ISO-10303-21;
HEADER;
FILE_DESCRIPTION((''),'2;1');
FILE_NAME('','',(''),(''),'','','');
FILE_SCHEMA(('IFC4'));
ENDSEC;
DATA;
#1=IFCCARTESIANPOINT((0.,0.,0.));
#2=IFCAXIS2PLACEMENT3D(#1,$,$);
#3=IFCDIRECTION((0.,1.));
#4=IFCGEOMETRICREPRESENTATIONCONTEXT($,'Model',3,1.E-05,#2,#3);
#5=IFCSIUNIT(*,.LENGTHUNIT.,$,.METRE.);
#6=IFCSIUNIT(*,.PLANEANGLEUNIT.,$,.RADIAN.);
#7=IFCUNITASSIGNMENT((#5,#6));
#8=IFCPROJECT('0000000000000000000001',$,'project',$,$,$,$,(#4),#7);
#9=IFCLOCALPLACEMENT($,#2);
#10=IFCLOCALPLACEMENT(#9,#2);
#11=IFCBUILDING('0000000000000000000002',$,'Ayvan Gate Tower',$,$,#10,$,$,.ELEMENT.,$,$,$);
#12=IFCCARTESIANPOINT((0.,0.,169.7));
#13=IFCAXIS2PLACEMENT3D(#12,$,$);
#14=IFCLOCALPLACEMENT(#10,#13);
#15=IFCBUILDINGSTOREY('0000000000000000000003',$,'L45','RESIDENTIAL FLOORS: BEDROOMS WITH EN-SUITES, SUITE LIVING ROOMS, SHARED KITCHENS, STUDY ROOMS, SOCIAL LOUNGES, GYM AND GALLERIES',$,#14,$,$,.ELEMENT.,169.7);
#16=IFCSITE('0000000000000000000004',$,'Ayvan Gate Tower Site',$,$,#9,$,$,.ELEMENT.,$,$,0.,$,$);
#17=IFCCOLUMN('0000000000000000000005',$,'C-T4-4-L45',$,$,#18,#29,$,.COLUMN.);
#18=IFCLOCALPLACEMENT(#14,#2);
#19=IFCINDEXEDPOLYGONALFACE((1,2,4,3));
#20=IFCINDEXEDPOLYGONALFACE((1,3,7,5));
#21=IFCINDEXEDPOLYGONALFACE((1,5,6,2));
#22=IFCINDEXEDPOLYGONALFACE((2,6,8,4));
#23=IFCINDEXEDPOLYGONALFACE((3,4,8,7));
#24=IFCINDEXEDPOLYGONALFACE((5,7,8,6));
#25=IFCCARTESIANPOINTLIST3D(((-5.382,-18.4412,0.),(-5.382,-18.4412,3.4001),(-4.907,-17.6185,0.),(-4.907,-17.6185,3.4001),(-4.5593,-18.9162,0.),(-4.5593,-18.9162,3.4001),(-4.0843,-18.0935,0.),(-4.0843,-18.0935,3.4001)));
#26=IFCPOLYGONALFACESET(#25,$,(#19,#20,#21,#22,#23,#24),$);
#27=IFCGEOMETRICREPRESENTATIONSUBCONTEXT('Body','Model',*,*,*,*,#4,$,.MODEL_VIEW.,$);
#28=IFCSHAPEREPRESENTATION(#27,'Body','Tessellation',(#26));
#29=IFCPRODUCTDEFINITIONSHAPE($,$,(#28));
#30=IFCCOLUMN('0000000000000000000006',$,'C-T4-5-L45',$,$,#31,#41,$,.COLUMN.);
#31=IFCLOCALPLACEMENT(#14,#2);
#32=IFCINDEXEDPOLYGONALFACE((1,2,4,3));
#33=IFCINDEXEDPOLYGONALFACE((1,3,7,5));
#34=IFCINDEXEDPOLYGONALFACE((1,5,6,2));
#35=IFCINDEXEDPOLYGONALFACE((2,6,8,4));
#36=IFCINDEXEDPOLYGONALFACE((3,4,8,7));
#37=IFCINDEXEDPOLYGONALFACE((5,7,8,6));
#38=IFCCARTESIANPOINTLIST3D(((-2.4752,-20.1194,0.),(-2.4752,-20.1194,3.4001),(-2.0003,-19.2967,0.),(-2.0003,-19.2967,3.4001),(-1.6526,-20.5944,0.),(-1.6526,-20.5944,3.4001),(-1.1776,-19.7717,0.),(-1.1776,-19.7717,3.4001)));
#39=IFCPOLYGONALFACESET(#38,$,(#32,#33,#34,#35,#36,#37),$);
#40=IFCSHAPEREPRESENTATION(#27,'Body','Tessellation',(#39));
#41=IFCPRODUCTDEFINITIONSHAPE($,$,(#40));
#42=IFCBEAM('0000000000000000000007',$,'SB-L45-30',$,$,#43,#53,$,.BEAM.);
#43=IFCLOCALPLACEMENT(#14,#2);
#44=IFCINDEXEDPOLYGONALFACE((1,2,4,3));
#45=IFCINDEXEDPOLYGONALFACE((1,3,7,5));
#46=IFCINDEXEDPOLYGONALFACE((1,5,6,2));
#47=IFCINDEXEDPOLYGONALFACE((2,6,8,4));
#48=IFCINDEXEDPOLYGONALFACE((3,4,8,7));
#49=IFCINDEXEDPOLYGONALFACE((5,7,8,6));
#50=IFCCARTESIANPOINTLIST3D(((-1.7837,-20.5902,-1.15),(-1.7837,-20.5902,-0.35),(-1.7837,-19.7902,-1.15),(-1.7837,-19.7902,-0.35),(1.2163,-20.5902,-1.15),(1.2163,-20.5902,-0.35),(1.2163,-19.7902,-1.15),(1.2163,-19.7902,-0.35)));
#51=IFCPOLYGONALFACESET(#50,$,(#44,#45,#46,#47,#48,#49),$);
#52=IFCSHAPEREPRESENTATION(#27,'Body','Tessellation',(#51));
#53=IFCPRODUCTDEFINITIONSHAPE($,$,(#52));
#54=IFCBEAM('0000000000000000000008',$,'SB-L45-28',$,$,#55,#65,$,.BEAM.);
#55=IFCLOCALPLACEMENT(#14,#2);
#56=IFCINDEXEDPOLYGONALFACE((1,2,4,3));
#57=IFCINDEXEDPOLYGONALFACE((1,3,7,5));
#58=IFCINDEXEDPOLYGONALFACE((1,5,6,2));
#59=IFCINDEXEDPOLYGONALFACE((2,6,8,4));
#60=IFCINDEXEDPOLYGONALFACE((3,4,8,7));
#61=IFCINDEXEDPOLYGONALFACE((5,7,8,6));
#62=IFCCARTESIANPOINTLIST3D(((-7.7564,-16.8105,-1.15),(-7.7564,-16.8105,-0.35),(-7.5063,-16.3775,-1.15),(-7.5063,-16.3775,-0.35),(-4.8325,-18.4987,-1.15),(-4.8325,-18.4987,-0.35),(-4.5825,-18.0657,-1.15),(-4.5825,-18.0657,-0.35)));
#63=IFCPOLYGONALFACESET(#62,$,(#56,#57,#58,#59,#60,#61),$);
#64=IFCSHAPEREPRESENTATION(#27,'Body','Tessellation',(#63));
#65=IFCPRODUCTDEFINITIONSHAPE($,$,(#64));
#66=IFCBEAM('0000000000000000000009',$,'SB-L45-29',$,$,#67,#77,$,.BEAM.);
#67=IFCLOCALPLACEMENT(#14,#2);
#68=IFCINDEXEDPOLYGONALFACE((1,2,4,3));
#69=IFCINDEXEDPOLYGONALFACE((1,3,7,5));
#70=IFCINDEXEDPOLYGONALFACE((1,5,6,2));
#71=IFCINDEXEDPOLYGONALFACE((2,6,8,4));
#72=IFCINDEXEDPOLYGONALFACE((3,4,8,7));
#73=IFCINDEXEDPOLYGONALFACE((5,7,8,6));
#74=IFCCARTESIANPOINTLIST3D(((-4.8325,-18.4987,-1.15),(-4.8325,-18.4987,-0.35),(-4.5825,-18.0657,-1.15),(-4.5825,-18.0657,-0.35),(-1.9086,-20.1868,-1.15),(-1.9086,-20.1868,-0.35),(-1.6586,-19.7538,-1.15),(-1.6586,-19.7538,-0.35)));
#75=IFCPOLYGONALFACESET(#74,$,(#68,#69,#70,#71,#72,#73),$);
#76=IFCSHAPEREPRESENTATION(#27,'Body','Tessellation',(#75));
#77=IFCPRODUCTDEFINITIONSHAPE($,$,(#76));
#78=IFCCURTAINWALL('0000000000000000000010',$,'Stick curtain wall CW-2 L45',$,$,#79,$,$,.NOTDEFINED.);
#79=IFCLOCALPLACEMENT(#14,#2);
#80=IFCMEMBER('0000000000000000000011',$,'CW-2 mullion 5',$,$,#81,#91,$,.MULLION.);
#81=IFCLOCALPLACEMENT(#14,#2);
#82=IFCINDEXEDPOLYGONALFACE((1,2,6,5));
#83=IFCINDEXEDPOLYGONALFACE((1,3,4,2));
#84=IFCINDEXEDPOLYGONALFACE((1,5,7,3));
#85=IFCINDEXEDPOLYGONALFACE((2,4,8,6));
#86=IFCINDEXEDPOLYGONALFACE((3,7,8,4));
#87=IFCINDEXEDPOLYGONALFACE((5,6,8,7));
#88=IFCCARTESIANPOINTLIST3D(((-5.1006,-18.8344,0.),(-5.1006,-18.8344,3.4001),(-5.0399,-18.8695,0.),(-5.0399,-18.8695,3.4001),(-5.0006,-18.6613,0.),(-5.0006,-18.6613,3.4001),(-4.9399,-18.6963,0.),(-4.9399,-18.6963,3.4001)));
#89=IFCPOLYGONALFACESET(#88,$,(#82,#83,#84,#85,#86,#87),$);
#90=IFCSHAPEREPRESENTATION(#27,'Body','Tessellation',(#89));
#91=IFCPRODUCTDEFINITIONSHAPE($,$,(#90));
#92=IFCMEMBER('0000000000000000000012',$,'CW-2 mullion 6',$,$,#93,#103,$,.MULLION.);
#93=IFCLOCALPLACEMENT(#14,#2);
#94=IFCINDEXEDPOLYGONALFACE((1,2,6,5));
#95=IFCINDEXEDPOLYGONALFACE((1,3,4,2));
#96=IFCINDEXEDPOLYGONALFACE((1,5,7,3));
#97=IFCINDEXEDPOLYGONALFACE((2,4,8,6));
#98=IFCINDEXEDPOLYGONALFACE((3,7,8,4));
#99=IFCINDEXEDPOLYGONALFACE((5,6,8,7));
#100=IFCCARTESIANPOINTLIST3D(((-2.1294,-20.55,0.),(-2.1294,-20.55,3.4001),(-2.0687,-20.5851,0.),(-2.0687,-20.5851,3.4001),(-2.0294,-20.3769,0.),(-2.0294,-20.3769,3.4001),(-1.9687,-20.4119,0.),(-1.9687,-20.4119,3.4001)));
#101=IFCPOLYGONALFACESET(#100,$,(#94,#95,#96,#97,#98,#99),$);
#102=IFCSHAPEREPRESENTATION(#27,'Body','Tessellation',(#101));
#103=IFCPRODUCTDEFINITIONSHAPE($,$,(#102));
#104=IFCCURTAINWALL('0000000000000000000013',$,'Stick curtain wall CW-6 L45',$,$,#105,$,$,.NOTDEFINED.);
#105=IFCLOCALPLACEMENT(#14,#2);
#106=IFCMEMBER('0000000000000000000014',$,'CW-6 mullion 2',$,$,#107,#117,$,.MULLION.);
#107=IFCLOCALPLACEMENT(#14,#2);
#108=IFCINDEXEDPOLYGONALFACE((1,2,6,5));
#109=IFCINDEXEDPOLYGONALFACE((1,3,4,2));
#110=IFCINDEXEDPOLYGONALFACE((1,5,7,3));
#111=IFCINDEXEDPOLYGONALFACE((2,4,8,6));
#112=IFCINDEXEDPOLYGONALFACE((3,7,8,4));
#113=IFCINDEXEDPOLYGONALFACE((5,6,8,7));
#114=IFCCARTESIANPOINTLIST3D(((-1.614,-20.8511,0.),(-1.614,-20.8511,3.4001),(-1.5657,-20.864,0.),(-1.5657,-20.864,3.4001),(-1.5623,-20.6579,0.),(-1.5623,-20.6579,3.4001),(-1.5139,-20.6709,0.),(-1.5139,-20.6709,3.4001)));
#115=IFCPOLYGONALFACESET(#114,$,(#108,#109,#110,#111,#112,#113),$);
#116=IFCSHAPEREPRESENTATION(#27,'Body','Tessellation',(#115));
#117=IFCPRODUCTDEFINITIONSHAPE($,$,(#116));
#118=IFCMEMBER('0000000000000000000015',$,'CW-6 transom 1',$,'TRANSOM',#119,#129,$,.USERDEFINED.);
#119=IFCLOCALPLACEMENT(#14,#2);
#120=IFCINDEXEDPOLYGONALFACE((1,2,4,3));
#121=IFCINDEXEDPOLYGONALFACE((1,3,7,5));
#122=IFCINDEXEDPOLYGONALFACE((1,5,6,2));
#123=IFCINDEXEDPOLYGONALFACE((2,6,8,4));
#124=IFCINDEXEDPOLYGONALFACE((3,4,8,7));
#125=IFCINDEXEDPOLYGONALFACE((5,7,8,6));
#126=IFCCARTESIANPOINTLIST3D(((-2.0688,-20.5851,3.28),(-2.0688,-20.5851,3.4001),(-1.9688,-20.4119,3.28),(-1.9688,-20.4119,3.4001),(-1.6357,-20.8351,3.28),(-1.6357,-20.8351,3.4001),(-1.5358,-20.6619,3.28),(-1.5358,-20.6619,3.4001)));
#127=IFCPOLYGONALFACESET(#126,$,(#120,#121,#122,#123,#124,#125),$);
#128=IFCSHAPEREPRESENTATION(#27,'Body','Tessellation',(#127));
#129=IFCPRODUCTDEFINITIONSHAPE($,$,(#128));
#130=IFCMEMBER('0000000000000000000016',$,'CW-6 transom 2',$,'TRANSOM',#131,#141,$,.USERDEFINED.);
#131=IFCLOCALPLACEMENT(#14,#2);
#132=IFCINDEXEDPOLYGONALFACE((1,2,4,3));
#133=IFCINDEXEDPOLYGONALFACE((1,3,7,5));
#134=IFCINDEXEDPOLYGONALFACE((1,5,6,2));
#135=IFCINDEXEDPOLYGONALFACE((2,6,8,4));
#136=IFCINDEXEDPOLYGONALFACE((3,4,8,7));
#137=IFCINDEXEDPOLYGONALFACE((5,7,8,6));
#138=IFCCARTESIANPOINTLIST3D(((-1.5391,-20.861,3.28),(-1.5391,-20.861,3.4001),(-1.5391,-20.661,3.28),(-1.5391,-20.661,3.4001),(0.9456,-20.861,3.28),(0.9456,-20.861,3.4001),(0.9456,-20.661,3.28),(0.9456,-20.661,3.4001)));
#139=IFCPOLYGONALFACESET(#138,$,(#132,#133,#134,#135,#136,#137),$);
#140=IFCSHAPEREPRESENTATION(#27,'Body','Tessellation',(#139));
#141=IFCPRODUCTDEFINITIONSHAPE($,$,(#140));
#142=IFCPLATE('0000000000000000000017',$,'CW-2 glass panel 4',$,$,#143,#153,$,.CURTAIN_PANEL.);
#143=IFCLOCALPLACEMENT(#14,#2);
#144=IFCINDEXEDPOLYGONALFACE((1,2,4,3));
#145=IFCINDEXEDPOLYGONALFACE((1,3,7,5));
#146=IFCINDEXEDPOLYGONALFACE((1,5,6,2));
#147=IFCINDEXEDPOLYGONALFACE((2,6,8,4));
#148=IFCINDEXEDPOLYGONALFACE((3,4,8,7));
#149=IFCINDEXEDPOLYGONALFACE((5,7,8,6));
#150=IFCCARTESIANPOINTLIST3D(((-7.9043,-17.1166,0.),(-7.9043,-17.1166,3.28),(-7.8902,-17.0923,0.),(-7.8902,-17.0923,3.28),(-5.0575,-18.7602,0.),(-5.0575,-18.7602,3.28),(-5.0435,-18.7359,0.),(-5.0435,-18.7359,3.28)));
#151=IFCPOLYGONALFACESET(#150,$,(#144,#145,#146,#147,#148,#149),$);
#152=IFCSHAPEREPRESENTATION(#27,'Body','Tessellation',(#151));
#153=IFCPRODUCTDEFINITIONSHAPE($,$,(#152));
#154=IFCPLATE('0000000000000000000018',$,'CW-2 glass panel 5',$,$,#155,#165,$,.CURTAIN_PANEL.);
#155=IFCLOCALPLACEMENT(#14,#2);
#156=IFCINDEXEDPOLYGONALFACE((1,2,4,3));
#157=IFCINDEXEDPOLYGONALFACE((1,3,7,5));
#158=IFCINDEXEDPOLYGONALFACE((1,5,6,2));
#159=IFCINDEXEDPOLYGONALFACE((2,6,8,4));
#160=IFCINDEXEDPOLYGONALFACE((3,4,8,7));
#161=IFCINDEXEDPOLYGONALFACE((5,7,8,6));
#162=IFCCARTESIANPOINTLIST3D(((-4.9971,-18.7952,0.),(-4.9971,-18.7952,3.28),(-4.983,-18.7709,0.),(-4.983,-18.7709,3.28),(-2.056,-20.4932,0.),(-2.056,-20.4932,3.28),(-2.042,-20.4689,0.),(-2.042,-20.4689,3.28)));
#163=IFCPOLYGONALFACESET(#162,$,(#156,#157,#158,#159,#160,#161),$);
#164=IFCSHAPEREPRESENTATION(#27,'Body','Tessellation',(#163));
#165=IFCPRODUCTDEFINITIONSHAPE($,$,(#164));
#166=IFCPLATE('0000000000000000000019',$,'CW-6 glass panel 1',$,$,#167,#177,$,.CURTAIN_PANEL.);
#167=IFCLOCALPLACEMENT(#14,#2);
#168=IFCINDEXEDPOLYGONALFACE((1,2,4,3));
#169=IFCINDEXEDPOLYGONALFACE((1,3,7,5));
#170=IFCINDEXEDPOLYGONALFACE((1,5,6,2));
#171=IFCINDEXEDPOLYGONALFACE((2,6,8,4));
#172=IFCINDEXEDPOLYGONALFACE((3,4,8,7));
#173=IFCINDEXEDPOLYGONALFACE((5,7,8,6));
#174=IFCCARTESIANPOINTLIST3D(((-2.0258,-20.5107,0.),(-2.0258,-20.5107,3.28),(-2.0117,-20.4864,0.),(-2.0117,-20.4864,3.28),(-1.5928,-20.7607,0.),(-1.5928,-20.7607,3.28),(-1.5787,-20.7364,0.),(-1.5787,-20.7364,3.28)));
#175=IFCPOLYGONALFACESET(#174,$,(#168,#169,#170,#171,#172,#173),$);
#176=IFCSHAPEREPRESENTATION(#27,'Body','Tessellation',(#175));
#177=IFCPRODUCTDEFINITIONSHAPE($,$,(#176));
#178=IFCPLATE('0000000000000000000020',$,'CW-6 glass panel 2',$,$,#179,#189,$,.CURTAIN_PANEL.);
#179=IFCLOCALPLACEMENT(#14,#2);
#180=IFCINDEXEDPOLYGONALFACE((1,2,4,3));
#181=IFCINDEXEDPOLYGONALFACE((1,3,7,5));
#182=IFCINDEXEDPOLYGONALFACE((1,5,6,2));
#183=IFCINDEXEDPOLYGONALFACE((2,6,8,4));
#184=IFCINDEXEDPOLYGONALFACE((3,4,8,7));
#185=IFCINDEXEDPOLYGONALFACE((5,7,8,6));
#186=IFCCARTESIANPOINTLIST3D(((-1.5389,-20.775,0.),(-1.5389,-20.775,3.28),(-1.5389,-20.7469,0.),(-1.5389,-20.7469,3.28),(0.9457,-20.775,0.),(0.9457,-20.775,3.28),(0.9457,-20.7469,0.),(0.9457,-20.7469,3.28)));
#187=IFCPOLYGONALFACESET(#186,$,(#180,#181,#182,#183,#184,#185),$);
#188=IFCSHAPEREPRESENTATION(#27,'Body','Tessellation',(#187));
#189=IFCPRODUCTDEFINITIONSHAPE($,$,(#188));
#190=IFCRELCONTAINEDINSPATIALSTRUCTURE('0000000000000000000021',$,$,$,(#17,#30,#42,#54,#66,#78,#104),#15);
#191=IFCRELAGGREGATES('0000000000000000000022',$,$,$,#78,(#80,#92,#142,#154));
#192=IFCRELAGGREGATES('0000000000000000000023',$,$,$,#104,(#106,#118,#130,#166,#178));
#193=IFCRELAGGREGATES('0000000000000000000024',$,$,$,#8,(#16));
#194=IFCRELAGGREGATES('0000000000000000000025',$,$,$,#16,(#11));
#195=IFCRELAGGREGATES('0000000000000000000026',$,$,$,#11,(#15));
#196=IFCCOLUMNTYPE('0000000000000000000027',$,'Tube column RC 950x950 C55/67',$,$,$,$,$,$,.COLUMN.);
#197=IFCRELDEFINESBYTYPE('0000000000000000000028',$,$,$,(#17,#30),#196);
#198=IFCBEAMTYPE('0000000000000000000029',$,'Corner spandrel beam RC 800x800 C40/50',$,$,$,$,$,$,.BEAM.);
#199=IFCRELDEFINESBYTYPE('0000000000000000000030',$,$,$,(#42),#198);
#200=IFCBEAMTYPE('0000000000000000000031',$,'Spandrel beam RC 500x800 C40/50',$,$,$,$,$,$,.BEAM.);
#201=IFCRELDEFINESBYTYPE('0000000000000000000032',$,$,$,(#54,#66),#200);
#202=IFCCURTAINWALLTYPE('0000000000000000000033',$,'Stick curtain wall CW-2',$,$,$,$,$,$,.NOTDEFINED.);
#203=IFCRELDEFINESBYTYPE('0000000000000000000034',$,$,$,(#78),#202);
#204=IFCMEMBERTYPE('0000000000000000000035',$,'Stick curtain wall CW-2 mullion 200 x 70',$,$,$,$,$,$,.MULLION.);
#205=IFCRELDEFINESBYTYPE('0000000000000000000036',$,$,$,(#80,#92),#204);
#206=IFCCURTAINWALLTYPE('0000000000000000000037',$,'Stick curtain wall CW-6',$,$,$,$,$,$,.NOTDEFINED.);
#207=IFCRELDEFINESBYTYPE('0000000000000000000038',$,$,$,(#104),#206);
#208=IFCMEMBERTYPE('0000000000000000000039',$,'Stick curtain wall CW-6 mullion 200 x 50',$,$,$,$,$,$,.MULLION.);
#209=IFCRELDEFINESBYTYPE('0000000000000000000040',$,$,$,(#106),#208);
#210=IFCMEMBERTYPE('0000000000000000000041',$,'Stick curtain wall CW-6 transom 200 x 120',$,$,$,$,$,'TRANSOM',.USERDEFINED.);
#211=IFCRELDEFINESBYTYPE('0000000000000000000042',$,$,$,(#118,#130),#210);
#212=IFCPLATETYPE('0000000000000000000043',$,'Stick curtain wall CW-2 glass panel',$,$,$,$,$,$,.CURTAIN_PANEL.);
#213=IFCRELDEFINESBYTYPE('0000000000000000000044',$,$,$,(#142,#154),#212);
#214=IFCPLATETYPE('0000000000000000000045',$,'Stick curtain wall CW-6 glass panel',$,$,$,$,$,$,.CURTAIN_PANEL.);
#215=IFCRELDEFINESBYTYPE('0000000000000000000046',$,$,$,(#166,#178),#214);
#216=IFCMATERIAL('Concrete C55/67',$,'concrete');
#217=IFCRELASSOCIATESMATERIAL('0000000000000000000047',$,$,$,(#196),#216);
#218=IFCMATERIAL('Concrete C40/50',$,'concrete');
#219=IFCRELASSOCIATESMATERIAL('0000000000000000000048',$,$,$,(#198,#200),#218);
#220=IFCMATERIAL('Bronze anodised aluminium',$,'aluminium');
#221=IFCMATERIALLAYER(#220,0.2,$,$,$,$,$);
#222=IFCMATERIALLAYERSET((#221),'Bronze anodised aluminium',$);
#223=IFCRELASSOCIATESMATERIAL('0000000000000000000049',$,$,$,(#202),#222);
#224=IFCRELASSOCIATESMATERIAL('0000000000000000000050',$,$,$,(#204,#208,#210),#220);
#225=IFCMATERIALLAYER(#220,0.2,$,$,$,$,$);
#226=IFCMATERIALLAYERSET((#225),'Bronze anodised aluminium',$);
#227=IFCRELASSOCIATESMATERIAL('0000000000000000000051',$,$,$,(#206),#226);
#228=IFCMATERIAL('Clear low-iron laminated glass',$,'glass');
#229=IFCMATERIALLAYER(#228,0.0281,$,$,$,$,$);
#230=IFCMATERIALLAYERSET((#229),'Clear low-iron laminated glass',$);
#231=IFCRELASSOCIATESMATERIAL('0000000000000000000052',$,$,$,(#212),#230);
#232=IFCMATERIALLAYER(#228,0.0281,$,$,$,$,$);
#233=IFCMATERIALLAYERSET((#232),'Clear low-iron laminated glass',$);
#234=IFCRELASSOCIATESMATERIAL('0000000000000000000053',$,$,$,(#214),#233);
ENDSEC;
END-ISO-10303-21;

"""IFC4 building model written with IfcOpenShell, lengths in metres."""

from ifc_helpers import new_model, si_unit, direction, frame, origin, origin_2d, place, context, subcontext, project, spatial, rectangle, extrude, material, layer, layer_set, material_profile, profile_set, type_object, element, aggregate, save


model = new_model("IFC4")

# Units and contexts
model_context = context("Model", 3, precision=1e-05, world=origin(), true_north=direction((0.0, 1.0)))
body_context = subcontext(model_context, "Body", "Model", "MODEL_VIEW")
ifc_project = project(units=[si_unit("LENGTHUNIT", "METRE"), si_unit("PLANEANGLEUNIT", "RADIAN")], contexts=[model_context])

# Site, building, storey
site_placement = place(None, origin())
site = spatial("IfcSite", under=ifc_project, at=site_placement, Name="Ayvan Gate Tower Site", CompositionType="ELEMENT", RefElevation=0.0)
building_placement = place(site_placement, origin())
building = spatial("IfcBuilding", under=site, at=building_placement, Name="Ayvan Gate Tower", CompositionType="ELEMENT")
storey_placement = place(building_placement, frame((0.0, 0.0, 169.7)))
storey = spatial("IfcBuildingStorey", under=building, at=storey_placement, Name="L45", Description="RESIDENTIAL FLOORS: BEDROOMS WITH EN-SUITES, SUITE LIVING ROOMS, SHARED KITCHENS, STUDY ROOMS, SOCIAL LOUNGES, GYM AND GALLERIES", CompositionType="ELEMENT", Elevation=169.7)

# Columns
ifc_material_1 = material(Name="Concrete C55/67", Category="concrete")
ifc_material_profile_1 = material_profile(ifc_material_1, rectangle(XDim=0.95, YDim=0.95, at=origin_2d()), Name="RC 950x950")
ifc_profile_set_1 = profile_set([ifc_material_profile_1], Name="Concrete C55/67")
column_type = type_object("IfcColumnType", Name="Tube column RC 950x950 C55/67", PredefinedType="COLUMN", material=ifc_profile_set_1)
for number, where, z_axis, x_axis, name in (
    (1, (-4.7332, -18.2673, 0.0), (0.0, 0.0, 1.0), (-0.5, -0.866025, 0.0), "C-T4-4-L45"),
    (2, (-1.8264, -19.9456, 0.0), (0.0, 0.0, 1.0), (-0.5, -0.866025, 0.0), "C-T4-5-L45"),
):
    element("IfcColumn", number, at=place(storey_placement, frame(where, z_axis=z_axis, x_axis=x_axis)), inside=storey, type_object=column_type, Name=name, PredefinedType="COLUMN", context=body_context, shape_type="SweptSolid", body=[
        extrude(rectangle(XDim=0.95, YDim=0.95, at=origin_2d()), origin(), (0.0, 0.0, 1.0), 3.4001),
    ])

# Beams
ifc_material_2 = material(Name="Concrete C40/50", Category="concrete")
ifc_material_profile_2 = material_profile(ifc_material_2, rectangle(XDim=0.8, YDim=0.8, at=origin_2d()), Name="RC 800x800")
ifc_profile_set_2 = profile_set([ifc_material_profile_2], Name="Concrete C40/50")
beam_type_1 = type_object("IfcBeamType", Name="Corner spandrel beam RC 800x800 C40/50", PredefinedType="BEAM", material=ifc_profile_set_2)
beam_placement = place(storey_placement, frame((-1.7837, -20.1902, -0.75), z_axis=(1.0, 0.0, 0.0), x_axis=(0.0, 1.0, 0.0)))
element("IfcBeam", 3, at=beam_placement, inside=storey, type_object=beam_type_1, Name="SB-L45-30", PredefinedType="BEAM", context=body_context, shape_type="SweptSolid", body=[
    extrude(rectangle(XDim=0.8, YDim=0.8, at=origin_2d()), origin(), (0.0, 0.0, 1.0), 3.0),
])
ifc_material_profile_3 = material_profile(ifc_material_2, rectangle(XDim=0.5, YDim=0.8, at=origin_2d()), Name="RC 500x800")
ifc_profile_set_3 = profile_set([ifc_material_profile_3], Name="Concrete C40/50")
beam_type_2 = type_object("IfcBeamType", Name="Spandrel beam RC 500x800 C40/50", PredefinedType="BEAM", material=ifc_profile_set_3)
for number, where, z_axis, x_axis, name in (
    (4, (-7.6313, -16.594, -0.75), (0.866005, -0.500035, 0.0), (0.500035, 0.866005, 0.0), "SB-L45-28"),
    (5, (-4.7075, -18.2822, -0.75), (0.866036, -0.499981, 0.0), (0.499981, 0.866036, 0.0), "SB-L45-29"),
):
    element("IfcBeam", number, at=place(storey_placement, frame(where, z_axis=z_axis, x_axis=x_axis)), inside=storey, type_object=beam_type_2, Name=name, PredefinedType="BEAM", context=body_context, shape_type="SweptSolid", body=[
        extrude(rectangle(XDim=0.5, YDim=0.8, at=origin_2d()), origin(), (0.0, 0.0, 1.0), 3.3762),
    ])

# Curtain walls, members
ifc_material_3 = material(Name="Bronze anodised aluminium", Category="aluminium")
ifc_layer_1 = layer(ifc_material_3, 0.2)
ifc_layer_set_1 = layer_set([ifc_layer_1], Name="Bronze anodised aluminium")
curtain_wall_type_1 = type_object("IfcCurtainWallType", Name="Stick curtain wall CW-2", PredefinedType="NOTDEFINED", material=ifc_layer_set_1)
curtain_wall_1_placement = place(storey_placement, origin())
curtain_wall_1 = element("IfcCurtainWall", 6, at=curtain_wall_1_placement, inside=storey, type_object=curtain_wall_type_1, Name="Stick curtain wall CW-2 L45", PredefinedType="NOTDEFINED")
ifc_material_profile_4 = material_profile(ifc_material_3, rectangle(XDim=0.2, YDim=0.0701, at=origin_2d()), Name="Stick curtain wall CW-2 mullion 200 x 70")
ifc_profile_set_4 = profile_set([ifc_material_profile_4], Name="Bronze anodised aluminium")
member_type_1 = type_object("IfcMemberType", Name="Stick curtain wall CW-2 mullion 200 x 70", PredefinedType="MULLION", material=ifc_profile_set_4)
member_1_placement = place(storey_placement, frame((-5.0203, -18.7654, 0.0), z_axis=(0.0, 0.0, 1.0), x_axis=(-0.5, -0.866025, 0.0)))
member_1 = element("IfcMember", 7, at=member_1_placement, type_object=member_type_1, Name="CW-2 mullion 5", PredefinedType="MULLION", context=body_context, shape_type="SweptSolid", body=[
    extrude(rectangle(XDim=0.2, YDim=0.0701, at=origin_2d()), origin(), (0.0, 0.0, 1.0), 3.4001),
])
member_2_placement = place(storey_placement, frame((-2.0491, -20.481, 0.0), z_axis=(0.0, 0.0, 1.0), x_axis=(-0.5, -0.866025, 0.0)))
member_2 = element("IfcMember", 8, at=member_2_placement, type_object=member_type_1, Name="CW-2 mullion 6", PredefinedType="MULLION", context=body_context, shape_type="SweptSolid", body=[
    extrude(rectangle(XDim=0.2, YDim=0.0701, at=origin_2d()), origin(), (0.0, 0.0, 1.0), 3.4001),
])
ifc_layer_2 = layer(ifc_material_3, 0.2)
ifc_layer_set_2 = layer_set([ifc_layer_2], Name="Bronze anodised aluminium")
curtain_wall_type_2 = type_object("IfcCurtainWallType", Name="Stick curtain wall CW-6", PredefinedType="NOTDEFINED", material=ifc_layer_set_2)
curtain_wall_2_placement = place(storey_placement, origin())
curtain_wall_2 = element("IfcCurtainWall", 9, at=curtain_wall_2_placement, inside=storey, type_object=curtain_wall_type_2, Name="Stick curtain wall CW-6 L45", PredefinedType="NOTDEFINED")
ifc_material_profile_5 = material_profile(ifc_material_3, rectangle(XDim=0.2, YDim=0.05, at=origin_2d()), Name="Stick curtain wall CW-6 mullion 200 x 50")
ifc_profile_set_5 = profile_set([ifc_material_profile_5], Name="Bronze anodised aluminium")
member_type_2 = type_object("IfcMemberType", Name="Stick curtain wall CW-6 mullion 200 x 50", PredefinedType="MULLION", material=ifc_profile_set_5)
member_3_placement = place(storey_placement, frame((-1.564, -20.761, 0.0), z_axis=(0.0, 0.0, 1.0), x_axis=(-0.258819, -0.965926, 0.0)))
member_3 = element("IfcMember", 10, at=member_3_placement, type_object=member_type_2, Name="CW-6 mullion 2", PredefinedType="MULLION", context=body_context, shape_type="SweptSolid", body=[
    extrude(rectangle(XDim=0.2, YDim=0.05, at=origin_2d()), origin(), (0.0, 0.0, 1.0), 3.4001),
])
ifc_material_profile_6 = material_profile(ifc_material_3, rectangle(XDim=0.2, YDim=0.1201, at=origin_2d()), Name="Stick curtain wall CW-6 transom 200 x 120")
ifc_profile_set_6 = profile_set([ifc_material_profile_6], Name="Bronze anodised aluminium")
member_type_3 = type_object("IfcMemberType", Name="Stick curtain wall CW-6 transom 200 x 120", ElementType="TRANSOM", PredefinedType="USERDEFINED", material=ifc_profile_set_6)
member_4_placement = place(storey_placement, frame((-2.0188, -20.4985, 3.3401), z_axis=(0.866072, -0.49992, 0.0), x_axis=(0.49992, 0.866072, 0.0)))
member_4 = element("IfcMember", 11, at=member_4_placement, type_object=member_type_3, Name="CW-6 transom 1", ObjectType="TRANSOM", PredefinedType="USERDEFINED", context=body_context, shape_type="SweptSolid", body=[
    extrude(rectangle(XDim=0.2, YDim=0.1201, at=origin_2d()), origin(), (0.0, 0.0, 1.0), 0.5),
])
member_5_placement = place(storey_placement, frame((-1.5391, -20.761, 3.3401), z_axis=(1.0, 0.0, 0.0), x_axis=(0.0, 1.0, 0.0)))
member_5 = element("IfcMember", 12, at=member_5_placement, type_object=member_type_3, Name="CW-6 transom 2", ObjectType="TRANSOM", PredefinedType="USERDEFINED", context=body_context, shape_type="SweptSolid", body=[
    extrude(rectangle(XDim=0.2, YDim=0.1201, at=origin_2d()), origin(), (0.0, 0.0, 1.0), 2.4846),
])

# Plates
ifc_material_4 = material(Name="Clear low-iron laminated glass", Category="glass")
ifc_layer_3 = layer(ifc_material_4, 0.0281)
ifc_layer_set_3 = layer_set([ifc_layer_3], Name="Clear low-iron laminated glass")
plate_type_1 = type_object("IfcPlateType", Name="Stick curtain wall CW-2 glass panel", PredefinedType="CURTAIN_PANEL", material=ifc_layer_set_3)
plate_1_placement = place(storey_placement, frame((-6.4739, -17.9263, 0.0), z_axis=(0.0, 0.0, 1.0), x_axis=(0.866025, -0.5, 0.0)))
plate_1 = element("IfcPlate", 13, at=plate_1_placement, type_object=plate_type_1, Name="CW-2 glass panel 4", PredefinedType="CURTAIN_PANEL", context=body_context, shape_type="SweptSolid", body=[
    extrude(rectangle(XDim=3.2871, YDim=0.0281, at=origin_2d()), origin(), (0.0, 0.0, 1.0), 3.28),
])
plate_2_placement = place(storey_placement, frame((-3.5195, -19.6321, 0.0), z_axis=(0.0, 0.0, 1.0), x_axis=(0.866025, -0.5, 0.0)))
plate_2 = element("IfcPlate", 14, at=plate_2_placement, type_object=plate_type_1, Name="CW-2 glass panel 5", PredefinedType="CURTAIN_PANEL", context=body_context, shape_type="SweptSolid", body=[
    extrude(rectangle(XDim=3.396, YDim=0.0281, at=origin_2d()), origin(), (0.0, 0.0, 1.0), 3.28),
])
aggregate(curtain_wall_1, [member_1, member_2, plate_1, plate_2])
ifc_layer_4 = layer(ifc_material_4, 0.0281)
ifc_layer_set_4 = layer_set([ifc_layer_4], Name="Clear low-iron laminated glass")
plate_type_2 = type_object("IfcPlateType", Name="Stick curtain wall CW-6 glass panel", PredefinedType="CURTAIN_PANEL", material=ifc_layer_set_4)
plate_3_placement = place(storey_placement, frame((-1.8022, -20.6235, 0.0), z_axis=(0.0, 0.0, 1.0), x_axis=(0.866025, -0.5, 0.0)))
plate_3 = element("IfcPlate", 15, at=plate_3_placement, type_object=plate_type_2, Name="CW-6 glass panel 1", PredefinedType="CURTAIN_PANEL", context=body_context, shape_type="SweptSolid", body=[
    extrude(rectangle(XDim=0.5, YDim=0.0281, at=origin_2d()), origin(), (0.0, 0.0, 1.0), 3.28),
])
plate_4_placement = place(storey_placement, frame((-0.2966, -20.761, 0.0), z_axis=(0.0, 0.0, 1.0), x_axis=(1.0, 0.0, 0.0)))
plate_4 = element("IfcPlate", 16, at=plate_4_placement, type_object=plate_type_2, Name="CW-6 glass panel 2", PredefinedType="CURTAIN_PANEL", context=body_context, shape_type="SweptSolid", body=[
    extrude(rectangle(XDim=2.4846, YDim=0.0281, at=origin_2d()), origin(), (0.0, 0.0, 1.0), 3.28),
])
aggregate(curtain_wall_2, [member_3, member_4, member_5, plate_3, plate_4])

save(model, "model.ifc")
